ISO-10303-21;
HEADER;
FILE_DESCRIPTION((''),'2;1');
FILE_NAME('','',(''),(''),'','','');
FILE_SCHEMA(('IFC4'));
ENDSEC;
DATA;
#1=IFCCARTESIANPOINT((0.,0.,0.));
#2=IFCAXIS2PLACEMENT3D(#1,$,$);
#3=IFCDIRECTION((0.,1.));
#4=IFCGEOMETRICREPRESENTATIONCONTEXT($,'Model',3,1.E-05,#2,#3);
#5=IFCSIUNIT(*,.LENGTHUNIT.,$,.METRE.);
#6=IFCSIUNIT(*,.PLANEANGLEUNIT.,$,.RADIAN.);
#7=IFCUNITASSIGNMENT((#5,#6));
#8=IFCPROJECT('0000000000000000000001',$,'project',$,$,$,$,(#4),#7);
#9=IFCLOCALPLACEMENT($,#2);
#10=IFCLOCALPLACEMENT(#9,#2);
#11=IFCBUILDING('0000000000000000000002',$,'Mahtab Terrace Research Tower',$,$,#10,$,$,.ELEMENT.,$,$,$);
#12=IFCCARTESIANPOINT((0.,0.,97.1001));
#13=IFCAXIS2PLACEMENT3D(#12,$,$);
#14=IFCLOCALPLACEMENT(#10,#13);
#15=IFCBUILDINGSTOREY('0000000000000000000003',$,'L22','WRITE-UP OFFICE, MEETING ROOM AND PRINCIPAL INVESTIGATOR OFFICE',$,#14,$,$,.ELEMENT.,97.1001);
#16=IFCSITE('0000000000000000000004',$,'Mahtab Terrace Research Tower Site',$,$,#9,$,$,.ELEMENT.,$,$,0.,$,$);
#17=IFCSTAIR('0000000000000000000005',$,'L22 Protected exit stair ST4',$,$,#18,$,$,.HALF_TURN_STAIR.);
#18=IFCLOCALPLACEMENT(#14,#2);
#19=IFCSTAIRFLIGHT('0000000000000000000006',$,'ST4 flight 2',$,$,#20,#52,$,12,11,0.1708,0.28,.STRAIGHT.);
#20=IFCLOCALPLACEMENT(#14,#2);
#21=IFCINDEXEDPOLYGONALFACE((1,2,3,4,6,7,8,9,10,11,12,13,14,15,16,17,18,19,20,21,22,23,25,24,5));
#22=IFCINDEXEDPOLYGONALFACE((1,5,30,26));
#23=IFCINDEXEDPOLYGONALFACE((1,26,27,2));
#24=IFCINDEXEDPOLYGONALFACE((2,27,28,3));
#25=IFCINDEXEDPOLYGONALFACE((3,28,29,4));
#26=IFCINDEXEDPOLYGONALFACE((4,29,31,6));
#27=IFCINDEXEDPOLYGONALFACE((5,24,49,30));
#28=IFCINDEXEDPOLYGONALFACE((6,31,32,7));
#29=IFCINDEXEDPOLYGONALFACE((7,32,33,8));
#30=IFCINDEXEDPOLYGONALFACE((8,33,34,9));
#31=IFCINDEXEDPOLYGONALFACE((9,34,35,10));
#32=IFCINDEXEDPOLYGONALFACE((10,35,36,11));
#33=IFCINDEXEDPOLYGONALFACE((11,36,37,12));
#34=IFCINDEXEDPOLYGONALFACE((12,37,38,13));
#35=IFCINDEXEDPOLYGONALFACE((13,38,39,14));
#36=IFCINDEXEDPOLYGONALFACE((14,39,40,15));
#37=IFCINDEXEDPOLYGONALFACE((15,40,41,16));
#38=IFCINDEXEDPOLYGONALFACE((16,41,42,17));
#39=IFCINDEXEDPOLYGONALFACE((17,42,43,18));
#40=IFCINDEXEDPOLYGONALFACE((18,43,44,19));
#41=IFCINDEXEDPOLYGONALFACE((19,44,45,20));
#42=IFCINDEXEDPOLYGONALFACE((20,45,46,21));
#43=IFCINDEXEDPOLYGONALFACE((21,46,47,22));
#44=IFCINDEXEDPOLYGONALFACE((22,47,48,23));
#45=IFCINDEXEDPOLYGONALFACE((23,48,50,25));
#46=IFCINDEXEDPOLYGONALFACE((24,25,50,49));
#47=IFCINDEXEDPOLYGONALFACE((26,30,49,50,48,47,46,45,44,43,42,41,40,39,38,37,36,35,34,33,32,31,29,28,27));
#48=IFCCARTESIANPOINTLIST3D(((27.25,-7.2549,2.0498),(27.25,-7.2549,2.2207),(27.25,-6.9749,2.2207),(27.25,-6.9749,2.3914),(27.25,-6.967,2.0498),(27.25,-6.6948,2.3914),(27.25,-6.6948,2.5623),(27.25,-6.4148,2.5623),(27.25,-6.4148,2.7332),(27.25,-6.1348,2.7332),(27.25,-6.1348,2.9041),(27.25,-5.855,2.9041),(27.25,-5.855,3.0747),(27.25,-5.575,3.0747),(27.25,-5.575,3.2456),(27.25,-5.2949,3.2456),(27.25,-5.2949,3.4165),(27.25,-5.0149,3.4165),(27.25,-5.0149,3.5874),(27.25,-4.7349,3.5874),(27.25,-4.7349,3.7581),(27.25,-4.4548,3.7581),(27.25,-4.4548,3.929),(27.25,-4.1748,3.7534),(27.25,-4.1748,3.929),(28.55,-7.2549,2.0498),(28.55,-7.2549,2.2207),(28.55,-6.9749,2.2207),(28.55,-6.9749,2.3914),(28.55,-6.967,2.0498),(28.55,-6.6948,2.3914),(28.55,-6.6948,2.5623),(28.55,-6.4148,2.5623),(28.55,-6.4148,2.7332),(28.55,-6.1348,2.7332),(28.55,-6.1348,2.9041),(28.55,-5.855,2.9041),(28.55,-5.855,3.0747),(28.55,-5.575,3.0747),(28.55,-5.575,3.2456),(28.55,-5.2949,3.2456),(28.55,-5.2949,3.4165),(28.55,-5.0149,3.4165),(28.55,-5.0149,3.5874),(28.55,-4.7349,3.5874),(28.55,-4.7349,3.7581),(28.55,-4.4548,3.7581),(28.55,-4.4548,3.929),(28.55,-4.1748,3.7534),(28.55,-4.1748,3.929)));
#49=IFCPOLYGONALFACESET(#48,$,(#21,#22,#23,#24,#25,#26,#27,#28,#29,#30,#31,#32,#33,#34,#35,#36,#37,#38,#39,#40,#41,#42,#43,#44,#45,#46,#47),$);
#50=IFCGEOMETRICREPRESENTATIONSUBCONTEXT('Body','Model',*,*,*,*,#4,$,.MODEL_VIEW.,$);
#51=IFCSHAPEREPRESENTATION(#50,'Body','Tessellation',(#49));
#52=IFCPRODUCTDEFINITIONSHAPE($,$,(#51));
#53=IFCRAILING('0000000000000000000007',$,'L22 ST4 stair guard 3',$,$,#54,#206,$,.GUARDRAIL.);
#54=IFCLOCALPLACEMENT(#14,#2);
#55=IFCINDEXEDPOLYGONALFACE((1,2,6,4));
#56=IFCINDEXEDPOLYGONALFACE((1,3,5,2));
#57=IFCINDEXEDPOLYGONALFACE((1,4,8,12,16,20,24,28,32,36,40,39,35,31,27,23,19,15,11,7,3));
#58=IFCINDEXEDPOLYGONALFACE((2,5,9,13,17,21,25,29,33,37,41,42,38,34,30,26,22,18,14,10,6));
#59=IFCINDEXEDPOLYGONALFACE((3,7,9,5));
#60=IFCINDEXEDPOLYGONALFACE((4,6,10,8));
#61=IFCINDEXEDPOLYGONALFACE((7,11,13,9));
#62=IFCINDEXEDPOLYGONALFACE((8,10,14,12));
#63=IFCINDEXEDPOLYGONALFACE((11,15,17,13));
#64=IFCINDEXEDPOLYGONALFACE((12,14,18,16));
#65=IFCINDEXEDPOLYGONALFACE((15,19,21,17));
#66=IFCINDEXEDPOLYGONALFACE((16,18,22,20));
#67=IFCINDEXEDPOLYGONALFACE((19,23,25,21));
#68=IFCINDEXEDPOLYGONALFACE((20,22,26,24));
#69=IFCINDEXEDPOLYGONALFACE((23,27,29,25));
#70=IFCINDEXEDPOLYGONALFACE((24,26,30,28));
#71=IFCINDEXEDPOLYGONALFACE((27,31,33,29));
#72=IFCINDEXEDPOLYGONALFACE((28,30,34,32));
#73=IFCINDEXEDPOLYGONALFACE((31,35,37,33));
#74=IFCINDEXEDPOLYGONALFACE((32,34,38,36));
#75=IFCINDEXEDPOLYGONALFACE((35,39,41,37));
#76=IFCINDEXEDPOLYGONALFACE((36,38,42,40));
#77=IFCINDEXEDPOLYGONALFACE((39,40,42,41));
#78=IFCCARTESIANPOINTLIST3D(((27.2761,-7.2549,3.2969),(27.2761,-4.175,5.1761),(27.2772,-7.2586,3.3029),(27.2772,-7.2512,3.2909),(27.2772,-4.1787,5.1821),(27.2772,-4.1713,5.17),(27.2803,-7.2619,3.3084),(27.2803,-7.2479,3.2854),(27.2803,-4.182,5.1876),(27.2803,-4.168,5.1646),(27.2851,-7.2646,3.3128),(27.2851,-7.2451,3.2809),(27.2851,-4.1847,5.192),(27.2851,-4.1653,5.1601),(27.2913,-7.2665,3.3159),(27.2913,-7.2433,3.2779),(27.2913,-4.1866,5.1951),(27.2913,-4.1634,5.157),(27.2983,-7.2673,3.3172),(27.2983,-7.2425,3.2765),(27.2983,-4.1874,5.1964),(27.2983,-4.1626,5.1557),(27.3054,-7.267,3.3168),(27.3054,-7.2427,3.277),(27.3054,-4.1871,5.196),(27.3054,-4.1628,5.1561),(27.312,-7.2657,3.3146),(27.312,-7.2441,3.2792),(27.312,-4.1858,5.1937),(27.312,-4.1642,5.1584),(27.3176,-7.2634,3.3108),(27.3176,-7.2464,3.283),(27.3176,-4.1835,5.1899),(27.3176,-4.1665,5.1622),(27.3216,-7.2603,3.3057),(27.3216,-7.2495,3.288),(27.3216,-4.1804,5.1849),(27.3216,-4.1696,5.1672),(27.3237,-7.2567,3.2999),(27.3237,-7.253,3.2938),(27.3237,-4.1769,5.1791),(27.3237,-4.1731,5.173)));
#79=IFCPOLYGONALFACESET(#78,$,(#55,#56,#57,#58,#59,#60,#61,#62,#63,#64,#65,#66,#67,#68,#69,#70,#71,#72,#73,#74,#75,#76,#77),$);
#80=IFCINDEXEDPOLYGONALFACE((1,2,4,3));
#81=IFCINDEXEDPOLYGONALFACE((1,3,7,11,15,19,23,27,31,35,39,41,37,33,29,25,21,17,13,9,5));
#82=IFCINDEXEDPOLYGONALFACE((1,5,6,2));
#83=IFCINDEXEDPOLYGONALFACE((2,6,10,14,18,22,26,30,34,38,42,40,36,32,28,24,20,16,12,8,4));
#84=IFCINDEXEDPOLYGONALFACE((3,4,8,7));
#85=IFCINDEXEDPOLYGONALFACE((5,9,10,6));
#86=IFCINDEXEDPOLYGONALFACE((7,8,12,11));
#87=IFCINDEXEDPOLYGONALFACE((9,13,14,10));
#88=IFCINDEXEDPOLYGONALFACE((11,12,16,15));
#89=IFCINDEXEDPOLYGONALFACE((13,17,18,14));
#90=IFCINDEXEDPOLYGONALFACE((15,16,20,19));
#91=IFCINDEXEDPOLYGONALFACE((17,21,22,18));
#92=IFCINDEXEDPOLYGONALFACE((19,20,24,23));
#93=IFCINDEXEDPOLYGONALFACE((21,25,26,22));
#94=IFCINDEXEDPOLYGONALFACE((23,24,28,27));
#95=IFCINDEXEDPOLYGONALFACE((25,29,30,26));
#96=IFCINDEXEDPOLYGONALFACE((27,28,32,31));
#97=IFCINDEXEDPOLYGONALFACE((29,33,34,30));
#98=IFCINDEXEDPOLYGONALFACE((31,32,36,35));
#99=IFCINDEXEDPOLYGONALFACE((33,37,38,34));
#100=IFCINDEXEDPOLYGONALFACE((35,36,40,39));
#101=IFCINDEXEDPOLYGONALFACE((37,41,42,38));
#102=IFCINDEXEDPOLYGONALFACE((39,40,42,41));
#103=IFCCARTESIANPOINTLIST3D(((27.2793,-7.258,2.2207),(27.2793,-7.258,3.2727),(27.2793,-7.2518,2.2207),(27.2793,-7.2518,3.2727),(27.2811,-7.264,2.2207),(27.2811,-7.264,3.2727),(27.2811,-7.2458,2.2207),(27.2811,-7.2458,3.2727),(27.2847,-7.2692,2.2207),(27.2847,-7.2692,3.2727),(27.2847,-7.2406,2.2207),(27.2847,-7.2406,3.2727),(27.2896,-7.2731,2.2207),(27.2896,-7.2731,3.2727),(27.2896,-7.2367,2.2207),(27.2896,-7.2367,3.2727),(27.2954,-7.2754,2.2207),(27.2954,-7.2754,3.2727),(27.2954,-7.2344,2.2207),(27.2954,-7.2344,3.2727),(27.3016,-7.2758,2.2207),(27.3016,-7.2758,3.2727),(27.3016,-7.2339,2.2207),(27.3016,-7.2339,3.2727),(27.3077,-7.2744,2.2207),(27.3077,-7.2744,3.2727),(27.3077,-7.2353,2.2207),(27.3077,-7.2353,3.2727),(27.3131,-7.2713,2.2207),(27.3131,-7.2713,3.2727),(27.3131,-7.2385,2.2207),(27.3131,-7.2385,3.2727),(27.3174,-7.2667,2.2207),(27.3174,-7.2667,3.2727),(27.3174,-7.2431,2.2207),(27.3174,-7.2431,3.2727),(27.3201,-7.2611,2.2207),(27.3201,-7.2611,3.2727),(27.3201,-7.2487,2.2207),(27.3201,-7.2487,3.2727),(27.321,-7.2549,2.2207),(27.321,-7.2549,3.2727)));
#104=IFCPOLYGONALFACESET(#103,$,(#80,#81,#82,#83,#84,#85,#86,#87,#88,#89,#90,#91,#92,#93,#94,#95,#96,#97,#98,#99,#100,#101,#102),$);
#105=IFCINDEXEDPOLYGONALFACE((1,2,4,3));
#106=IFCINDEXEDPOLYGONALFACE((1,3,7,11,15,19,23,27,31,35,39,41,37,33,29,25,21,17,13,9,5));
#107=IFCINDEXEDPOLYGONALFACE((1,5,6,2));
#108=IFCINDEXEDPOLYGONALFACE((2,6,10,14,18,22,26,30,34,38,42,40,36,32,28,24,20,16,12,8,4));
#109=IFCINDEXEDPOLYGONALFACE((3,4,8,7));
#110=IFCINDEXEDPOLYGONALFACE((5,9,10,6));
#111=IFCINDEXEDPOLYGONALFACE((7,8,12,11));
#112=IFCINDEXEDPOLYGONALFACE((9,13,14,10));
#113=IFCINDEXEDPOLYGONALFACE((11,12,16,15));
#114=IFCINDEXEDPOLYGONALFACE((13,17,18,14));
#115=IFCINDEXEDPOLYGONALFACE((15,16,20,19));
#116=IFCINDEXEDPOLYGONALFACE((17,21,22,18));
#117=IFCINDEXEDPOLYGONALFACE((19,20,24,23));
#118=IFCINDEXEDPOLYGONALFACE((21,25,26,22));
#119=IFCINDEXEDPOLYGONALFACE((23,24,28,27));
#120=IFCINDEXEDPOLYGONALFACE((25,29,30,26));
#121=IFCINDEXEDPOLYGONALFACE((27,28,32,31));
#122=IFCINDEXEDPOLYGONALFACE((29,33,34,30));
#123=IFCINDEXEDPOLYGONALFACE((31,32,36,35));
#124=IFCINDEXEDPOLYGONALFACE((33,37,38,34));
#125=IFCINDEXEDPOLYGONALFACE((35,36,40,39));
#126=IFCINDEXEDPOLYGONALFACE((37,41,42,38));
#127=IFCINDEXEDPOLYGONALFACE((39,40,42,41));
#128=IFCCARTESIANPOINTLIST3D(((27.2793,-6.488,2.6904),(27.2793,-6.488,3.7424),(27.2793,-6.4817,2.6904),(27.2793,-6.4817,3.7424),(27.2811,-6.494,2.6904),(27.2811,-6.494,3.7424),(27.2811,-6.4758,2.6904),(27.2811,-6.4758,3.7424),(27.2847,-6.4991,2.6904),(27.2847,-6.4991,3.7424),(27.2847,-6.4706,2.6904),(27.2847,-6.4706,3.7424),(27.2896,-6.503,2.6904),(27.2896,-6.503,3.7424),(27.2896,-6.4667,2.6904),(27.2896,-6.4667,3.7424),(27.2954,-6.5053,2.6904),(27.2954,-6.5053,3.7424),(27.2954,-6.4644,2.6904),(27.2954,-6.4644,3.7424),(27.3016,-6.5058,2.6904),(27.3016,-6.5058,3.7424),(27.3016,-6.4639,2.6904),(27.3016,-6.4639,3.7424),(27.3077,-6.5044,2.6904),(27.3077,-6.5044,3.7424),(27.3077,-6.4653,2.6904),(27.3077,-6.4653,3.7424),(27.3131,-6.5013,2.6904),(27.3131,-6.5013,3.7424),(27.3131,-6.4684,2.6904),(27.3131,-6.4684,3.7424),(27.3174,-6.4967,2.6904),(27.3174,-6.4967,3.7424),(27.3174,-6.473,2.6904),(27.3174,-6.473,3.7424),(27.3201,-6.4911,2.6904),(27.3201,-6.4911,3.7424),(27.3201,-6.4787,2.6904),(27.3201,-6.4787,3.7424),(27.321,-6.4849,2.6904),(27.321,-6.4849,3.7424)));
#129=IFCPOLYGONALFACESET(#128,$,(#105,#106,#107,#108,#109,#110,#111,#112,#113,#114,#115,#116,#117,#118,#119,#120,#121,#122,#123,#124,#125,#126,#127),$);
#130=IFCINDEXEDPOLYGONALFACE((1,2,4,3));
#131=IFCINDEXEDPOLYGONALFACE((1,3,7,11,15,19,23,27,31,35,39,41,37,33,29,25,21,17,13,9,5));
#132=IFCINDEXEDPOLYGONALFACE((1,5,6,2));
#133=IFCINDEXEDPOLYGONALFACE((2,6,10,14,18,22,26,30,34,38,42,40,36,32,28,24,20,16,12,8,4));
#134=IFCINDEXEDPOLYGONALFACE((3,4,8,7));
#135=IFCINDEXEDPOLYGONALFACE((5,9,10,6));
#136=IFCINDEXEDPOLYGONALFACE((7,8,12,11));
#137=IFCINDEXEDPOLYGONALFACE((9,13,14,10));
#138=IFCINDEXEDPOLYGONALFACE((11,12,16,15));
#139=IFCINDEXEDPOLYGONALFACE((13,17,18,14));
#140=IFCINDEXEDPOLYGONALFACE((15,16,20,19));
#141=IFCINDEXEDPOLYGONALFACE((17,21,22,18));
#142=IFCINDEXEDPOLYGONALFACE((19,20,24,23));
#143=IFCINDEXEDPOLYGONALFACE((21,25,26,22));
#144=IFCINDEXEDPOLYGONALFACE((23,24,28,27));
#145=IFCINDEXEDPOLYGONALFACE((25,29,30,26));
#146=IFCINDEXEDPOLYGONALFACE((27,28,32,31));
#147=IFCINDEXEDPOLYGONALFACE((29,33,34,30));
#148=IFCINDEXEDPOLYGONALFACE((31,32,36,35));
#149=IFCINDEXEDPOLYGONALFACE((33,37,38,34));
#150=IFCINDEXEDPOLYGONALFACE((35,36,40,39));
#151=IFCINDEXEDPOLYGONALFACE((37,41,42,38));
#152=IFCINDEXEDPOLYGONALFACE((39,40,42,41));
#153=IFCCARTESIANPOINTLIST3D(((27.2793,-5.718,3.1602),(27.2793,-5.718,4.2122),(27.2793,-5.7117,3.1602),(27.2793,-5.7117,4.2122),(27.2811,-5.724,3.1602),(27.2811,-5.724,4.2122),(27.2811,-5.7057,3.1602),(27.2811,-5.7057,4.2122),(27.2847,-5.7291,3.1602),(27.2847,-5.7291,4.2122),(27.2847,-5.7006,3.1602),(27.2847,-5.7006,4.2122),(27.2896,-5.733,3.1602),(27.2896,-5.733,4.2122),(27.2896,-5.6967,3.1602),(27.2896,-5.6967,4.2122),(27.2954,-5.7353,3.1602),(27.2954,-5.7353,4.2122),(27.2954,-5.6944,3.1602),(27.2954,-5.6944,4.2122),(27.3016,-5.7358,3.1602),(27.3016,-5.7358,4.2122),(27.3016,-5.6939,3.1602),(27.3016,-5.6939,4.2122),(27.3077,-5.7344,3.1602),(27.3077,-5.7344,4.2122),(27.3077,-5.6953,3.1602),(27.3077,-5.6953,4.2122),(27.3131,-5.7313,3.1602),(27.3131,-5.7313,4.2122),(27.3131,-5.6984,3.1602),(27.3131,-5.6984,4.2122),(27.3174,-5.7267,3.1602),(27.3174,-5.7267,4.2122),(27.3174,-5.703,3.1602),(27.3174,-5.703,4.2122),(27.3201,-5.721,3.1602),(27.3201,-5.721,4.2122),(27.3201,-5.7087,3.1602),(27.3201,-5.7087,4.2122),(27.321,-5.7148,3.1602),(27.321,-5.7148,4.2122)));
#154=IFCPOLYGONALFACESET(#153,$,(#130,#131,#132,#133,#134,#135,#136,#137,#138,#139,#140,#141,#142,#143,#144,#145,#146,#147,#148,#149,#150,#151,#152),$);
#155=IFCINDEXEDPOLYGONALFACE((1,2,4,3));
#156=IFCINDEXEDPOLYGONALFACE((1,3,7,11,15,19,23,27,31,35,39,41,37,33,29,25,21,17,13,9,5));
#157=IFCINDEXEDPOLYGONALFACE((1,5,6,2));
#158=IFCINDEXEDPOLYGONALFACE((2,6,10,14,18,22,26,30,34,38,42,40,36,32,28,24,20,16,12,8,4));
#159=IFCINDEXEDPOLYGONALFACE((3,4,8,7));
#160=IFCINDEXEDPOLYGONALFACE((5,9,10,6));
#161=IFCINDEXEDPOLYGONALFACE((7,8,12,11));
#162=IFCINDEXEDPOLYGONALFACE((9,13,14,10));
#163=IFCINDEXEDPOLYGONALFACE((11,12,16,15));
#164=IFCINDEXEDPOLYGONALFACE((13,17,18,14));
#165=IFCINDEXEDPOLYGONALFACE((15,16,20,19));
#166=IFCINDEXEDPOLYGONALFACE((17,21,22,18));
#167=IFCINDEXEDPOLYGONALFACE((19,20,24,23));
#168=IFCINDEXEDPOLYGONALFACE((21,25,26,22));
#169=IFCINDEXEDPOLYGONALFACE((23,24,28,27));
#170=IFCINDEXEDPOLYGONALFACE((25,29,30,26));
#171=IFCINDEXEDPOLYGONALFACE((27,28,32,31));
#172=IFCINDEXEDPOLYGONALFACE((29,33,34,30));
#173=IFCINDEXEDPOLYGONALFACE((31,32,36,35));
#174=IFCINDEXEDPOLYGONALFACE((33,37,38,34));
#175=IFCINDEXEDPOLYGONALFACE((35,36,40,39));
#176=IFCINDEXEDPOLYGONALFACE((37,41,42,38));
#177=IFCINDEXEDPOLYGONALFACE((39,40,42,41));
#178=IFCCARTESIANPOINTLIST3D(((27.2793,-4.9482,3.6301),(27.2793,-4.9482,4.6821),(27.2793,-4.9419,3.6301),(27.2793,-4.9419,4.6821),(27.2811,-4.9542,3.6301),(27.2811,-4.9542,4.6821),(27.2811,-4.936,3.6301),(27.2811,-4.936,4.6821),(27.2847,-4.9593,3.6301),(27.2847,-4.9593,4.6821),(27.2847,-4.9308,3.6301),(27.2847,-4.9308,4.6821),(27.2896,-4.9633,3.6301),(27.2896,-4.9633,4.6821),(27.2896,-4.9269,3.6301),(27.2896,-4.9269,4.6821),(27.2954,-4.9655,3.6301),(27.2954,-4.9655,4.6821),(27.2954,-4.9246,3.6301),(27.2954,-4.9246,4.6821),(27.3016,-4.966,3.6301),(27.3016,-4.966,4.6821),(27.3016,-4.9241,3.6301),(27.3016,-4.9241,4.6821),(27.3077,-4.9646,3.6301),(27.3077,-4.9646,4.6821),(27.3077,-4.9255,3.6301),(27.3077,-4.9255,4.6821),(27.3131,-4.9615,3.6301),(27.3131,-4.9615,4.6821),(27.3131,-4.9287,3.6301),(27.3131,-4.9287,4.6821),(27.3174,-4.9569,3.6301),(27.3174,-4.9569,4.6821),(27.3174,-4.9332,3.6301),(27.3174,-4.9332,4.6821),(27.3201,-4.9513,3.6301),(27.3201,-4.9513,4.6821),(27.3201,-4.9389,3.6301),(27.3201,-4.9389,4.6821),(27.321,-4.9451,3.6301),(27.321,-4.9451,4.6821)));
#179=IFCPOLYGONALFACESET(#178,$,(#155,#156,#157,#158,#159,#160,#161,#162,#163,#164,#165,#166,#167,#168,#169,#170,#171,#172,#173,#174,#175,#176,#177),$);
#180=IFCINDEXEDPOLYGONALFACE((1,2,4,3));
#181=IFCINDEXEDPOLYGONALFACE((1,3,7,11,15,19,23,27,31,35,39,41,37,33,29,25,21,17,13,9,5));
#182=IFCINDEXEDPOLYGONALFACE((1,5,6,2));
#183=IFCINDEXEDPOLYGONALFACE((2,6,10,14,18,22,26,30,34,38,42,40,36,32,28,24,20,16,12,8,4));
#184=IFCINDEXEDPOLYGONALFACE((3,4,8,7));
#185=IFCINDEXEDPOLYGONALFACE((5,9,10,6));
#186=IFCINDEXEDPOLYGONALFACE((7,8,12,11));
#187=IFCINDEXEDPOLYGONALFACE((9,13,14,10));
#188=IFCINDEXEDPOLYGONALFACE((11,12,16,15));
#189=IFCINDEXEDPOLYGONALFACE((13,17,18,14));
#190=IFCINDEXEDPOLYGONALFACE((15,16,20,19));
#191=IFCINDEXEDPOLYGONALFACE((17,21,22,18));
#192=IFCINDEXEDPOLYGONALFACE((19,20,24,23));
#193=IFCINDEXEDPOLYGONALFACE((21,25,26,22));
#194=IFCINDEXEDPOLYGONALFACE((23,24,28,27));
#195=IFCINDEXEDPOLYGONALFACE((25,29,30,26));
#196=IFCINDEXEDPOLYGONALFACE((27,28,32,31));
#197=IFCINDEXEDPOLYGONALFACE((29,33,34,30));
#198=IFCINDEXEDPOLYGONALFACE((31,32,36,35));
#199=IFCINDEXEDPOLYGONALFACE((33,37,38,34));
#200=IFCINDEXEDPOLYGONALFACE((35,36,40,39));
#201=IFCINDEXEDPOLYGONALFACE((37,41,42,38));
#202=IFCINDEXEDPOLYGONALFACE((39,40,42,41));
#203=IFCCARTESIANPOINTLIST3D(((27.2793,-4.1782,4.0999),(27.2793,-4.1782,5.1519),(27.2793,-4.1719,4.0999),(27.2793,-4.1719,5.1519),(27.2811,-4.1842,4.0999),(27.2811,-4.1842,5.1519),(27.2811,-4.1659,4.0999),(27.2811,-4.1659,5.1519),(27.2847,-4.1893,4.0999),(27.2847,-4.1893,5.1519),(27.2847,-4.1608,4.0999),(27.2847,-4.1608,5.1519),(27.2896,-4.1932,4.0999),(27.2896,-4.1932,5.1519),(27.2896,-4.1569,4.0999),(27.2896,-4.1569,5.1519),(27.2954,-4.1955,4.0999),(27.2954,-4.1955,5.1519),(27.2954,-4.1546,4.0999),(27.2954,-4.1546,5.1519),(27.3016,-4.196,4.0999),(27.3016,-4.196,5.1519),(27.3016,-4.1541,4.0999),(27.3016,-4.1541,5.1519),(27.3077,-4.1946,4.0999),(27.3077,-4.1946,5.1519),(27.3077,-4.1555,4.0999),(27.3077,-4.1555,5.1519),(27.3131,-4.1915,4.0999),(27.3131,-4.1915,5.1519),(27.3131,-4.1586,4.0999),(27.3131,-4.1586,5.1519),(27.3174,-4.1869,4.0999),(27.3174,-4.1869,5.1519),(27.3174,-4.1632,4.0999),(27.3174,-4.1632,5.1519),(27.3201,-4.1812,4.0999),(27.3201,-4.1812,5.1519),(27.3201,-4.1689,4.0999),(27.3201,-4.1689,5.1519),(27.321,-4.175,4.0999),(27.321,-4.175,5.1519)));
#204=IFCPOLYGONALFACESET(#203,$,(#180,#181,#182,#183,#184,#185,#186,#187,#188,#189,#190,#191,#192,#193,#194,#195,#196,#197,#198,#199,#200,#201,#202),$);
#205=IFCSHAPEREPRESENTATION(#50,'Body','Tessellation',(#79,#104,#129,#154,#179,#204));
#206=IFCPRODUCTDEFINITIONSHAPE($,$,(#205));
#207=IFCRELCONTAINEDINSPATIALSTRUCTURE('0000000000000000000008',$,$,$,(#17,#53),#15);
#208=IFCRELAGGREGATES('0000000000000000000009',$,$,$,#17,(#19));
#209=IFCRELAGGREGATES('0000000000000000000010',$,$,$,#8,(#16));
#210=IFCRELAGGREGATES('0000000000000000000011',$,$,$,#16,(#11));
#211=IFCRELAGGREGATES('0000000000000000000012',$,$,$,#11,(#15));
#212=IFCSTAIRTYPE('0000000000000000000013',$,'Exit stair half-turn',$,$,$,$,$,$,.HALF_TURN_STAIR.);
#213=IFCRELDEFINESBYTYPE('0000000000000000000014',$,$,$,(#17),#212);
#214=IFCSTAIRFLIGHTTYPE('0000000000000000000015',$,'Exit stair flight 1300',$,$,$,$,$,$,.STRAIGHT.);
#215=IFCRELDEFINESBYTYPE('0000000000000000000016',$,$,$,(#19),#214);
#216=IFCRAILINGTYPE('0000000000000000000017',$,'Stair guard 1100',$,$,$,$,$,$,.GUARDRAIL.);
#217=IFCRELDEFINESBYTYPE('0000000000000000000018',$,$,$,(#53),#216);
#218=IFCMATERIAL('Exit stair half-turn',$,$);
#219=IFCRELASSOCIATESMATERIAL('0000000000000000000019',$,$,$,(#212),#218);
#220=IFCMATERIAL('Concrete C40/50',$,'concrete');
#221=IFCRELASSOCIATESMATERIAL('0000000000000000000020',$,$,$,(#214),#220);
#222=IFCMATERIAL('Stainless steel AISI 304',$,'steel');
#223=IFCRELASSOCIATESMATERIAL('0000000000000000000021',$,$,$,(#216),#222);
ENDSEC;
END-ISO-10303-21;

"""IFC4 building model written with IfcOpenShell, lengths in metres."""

from ifc_helpers import new_model, si_unit, direction, frame, origin, origin_2d, place, context, subcontext, project, spatial, polyline, circle, outline, extrude, material, type_object, element, aggregate, save


model = new_model("IFC4")

# Units and contexts
model_context = context("Model", 3, precision=1e-05, world=origin(), true_north=direction((0.0, 1.0)))
body_context = subcontext(model_context, "Body", "Model", "MODEL_VIEW")
ifc_project = project(units=[si_unit("LENGTHUNIT", "METRE"), si_unit("PLANEANGLEUNIT", "RADIAN")], contexts=[model_context])

# Site, building, storey
site_placement = place(None, origin())
site = spatial("IfcSite", under=ifc_project, at=site_placement, Name="Mahtab Terrace Research Tower Site", CompositionType="ELEMENT", RefElevation=0.0)
building_placement = place(site_placement, origin())
building = spatial("IfcBuilding", under=site, at=building_placement, Name="Mahtab Terrace Research Tower", CompositionType="ELEMENT")
storey_placement = place(building_placement, frame((0.0, 0.0, 97.1001)))
storey = spatial("IfcBuildingStorey", under=building, at=storey_placement, Name="L22", Description="WRITE-UP OFFICE, MEETING ROOM AND PRINCIPAL INVESTIGATOR OFFICE", CompositionType="ELEMENT", Elevation=97.1001)

# Stair, stair flight
ifc_material_1 = material(Name="Exit stair half-turn")
stair_type = type_object("IfcStairType", Name="Exit stair half-turn", PredefinedType="HALF_TURN_STAIR", material=ifc_material_1)
stair_placement = place(storey_placement, origin())
stair = element("IfcStair", 1, at=stair_placement, inside=storey, type_object=stair_type, Name="L22 Protected exit stair ST4", PredefinedType="HALF_TURN_STAIR")
ifc_material_2 = material(Name="Concrete C40/50", Category="concrete")
stair_flight_type = type_object("IfcStairFlightType", Name="Exit stair flight 1300", PredefinedType="STRAIGHT", material=ifc_material_2)
stair_flight_placement = place(storey_placement, frame((27.8999, -7.2549, 2.0498), z_axis=(0.0, 0.0, 1.0), x_axis=(0.0, 1.0, 0.0)))
stair_flight = element("IfcStairFlight", 2, at=stair_flight_placement, type_object=stair_flight_type, Name="ST4 flight 2", NumberOfRisers=12, NumberOfTreads=11, PredefinedType="STRAIGHT", RiserHeight=0.1708, TreadLength=0.28, context=body_context, shape_type="SweptSolid", body=[
    extrude(outline(polyline([(0.0, 0.0), (0.0, 0.1709), (0.28, 0.1709), (0.28, 0.3416), (0.5601, 0.3416), (0.5601, 0.5125), (0.8401, 0.5125), (0.8401, 0.6833), (1.1201, 0.6833), (1.1201, 0.8542), (1.3999, 0.8542), (1.3999, 1.0249), (1.6799, 1.0249), (1.6799, 1.1958), (1.96, 1.1958), (1.96, 1.3667), (2.24, 1.3667), (2.24, 1.5376), (2.52, 1.5376), (2.52, 1.7083), (2.8, 1.7083), (2.8, 1.8792), (3.0801, 1.8792), (3.0801, 2.05), (3.0801, 1.7036), (0.2878, 0.0), (0.0, 0.0)])), frame((0.0, 0.6499, 0.0), z_axis=(0.0, -1.0, 0.0), x_axis=(1.0, 0.0, 0.0)), (0.0, 0.0, 1.0), 1.3),
])
aggregate(stair, [stair_flight])

# Railing
ifc_material_3 = material(Name="Stainless steel AISI 304", Category="steel")
railing_type_1 = type_object("IfcRailingType", Name="Stair guard 1100", PredefinedType="GUARDRAIL", material=ifc_material_3)
railing_1_placement = place(storey_placement, frame((27.3, -7.2549, 2.2207)))
element("IfcRailing", 3, at=railing_1_placement, inside=storey, type_object=railing_type_1, Name="L22 ST4 stair guard 3", PredefinedType="GUARDRAIL", context=body_context, shape_type="SweptSolid", body=[
    extrude(circle(Radius=0.0239, at=origin_2d()), frame((0.0, 0.0, 1.0762), z_axis=(0.0, 0.853648, 0.52085), x_axis=(-1.0, 0.0, 0.0)), (0.0, 0.0, 1.0), 3.6079),
    extrude(circle(Radius=0.021, at=origin_2d()), origin(), (0.0, 0.0, 1.0), 1.052),
    extrude(circle(Radius=0.021, at=origin_2d()), frame((0.0, 0.77, 0.4697)), (0.0, 0.0, 1.0), 1.052),
    extrude(circle(Radius=0.021, at=origin_2d()), frame((0.0, 1.54, 0.9395)), (0.0, 0.0, 1.0), 1.052),
    extrude(circle(Radius=0.021, at=origin_2d()), frame((0.0, 2.3098, 1.4094)), (0.0, 0.0, 1.0), 1.052),
    extrude(circle(Radius=0.021, at=origin_2d()), frame((0.0, 3.0798, 1.8792)), (0.0, 0.0, 1.0), 1.052),
])

save(model, "model.ifc")
